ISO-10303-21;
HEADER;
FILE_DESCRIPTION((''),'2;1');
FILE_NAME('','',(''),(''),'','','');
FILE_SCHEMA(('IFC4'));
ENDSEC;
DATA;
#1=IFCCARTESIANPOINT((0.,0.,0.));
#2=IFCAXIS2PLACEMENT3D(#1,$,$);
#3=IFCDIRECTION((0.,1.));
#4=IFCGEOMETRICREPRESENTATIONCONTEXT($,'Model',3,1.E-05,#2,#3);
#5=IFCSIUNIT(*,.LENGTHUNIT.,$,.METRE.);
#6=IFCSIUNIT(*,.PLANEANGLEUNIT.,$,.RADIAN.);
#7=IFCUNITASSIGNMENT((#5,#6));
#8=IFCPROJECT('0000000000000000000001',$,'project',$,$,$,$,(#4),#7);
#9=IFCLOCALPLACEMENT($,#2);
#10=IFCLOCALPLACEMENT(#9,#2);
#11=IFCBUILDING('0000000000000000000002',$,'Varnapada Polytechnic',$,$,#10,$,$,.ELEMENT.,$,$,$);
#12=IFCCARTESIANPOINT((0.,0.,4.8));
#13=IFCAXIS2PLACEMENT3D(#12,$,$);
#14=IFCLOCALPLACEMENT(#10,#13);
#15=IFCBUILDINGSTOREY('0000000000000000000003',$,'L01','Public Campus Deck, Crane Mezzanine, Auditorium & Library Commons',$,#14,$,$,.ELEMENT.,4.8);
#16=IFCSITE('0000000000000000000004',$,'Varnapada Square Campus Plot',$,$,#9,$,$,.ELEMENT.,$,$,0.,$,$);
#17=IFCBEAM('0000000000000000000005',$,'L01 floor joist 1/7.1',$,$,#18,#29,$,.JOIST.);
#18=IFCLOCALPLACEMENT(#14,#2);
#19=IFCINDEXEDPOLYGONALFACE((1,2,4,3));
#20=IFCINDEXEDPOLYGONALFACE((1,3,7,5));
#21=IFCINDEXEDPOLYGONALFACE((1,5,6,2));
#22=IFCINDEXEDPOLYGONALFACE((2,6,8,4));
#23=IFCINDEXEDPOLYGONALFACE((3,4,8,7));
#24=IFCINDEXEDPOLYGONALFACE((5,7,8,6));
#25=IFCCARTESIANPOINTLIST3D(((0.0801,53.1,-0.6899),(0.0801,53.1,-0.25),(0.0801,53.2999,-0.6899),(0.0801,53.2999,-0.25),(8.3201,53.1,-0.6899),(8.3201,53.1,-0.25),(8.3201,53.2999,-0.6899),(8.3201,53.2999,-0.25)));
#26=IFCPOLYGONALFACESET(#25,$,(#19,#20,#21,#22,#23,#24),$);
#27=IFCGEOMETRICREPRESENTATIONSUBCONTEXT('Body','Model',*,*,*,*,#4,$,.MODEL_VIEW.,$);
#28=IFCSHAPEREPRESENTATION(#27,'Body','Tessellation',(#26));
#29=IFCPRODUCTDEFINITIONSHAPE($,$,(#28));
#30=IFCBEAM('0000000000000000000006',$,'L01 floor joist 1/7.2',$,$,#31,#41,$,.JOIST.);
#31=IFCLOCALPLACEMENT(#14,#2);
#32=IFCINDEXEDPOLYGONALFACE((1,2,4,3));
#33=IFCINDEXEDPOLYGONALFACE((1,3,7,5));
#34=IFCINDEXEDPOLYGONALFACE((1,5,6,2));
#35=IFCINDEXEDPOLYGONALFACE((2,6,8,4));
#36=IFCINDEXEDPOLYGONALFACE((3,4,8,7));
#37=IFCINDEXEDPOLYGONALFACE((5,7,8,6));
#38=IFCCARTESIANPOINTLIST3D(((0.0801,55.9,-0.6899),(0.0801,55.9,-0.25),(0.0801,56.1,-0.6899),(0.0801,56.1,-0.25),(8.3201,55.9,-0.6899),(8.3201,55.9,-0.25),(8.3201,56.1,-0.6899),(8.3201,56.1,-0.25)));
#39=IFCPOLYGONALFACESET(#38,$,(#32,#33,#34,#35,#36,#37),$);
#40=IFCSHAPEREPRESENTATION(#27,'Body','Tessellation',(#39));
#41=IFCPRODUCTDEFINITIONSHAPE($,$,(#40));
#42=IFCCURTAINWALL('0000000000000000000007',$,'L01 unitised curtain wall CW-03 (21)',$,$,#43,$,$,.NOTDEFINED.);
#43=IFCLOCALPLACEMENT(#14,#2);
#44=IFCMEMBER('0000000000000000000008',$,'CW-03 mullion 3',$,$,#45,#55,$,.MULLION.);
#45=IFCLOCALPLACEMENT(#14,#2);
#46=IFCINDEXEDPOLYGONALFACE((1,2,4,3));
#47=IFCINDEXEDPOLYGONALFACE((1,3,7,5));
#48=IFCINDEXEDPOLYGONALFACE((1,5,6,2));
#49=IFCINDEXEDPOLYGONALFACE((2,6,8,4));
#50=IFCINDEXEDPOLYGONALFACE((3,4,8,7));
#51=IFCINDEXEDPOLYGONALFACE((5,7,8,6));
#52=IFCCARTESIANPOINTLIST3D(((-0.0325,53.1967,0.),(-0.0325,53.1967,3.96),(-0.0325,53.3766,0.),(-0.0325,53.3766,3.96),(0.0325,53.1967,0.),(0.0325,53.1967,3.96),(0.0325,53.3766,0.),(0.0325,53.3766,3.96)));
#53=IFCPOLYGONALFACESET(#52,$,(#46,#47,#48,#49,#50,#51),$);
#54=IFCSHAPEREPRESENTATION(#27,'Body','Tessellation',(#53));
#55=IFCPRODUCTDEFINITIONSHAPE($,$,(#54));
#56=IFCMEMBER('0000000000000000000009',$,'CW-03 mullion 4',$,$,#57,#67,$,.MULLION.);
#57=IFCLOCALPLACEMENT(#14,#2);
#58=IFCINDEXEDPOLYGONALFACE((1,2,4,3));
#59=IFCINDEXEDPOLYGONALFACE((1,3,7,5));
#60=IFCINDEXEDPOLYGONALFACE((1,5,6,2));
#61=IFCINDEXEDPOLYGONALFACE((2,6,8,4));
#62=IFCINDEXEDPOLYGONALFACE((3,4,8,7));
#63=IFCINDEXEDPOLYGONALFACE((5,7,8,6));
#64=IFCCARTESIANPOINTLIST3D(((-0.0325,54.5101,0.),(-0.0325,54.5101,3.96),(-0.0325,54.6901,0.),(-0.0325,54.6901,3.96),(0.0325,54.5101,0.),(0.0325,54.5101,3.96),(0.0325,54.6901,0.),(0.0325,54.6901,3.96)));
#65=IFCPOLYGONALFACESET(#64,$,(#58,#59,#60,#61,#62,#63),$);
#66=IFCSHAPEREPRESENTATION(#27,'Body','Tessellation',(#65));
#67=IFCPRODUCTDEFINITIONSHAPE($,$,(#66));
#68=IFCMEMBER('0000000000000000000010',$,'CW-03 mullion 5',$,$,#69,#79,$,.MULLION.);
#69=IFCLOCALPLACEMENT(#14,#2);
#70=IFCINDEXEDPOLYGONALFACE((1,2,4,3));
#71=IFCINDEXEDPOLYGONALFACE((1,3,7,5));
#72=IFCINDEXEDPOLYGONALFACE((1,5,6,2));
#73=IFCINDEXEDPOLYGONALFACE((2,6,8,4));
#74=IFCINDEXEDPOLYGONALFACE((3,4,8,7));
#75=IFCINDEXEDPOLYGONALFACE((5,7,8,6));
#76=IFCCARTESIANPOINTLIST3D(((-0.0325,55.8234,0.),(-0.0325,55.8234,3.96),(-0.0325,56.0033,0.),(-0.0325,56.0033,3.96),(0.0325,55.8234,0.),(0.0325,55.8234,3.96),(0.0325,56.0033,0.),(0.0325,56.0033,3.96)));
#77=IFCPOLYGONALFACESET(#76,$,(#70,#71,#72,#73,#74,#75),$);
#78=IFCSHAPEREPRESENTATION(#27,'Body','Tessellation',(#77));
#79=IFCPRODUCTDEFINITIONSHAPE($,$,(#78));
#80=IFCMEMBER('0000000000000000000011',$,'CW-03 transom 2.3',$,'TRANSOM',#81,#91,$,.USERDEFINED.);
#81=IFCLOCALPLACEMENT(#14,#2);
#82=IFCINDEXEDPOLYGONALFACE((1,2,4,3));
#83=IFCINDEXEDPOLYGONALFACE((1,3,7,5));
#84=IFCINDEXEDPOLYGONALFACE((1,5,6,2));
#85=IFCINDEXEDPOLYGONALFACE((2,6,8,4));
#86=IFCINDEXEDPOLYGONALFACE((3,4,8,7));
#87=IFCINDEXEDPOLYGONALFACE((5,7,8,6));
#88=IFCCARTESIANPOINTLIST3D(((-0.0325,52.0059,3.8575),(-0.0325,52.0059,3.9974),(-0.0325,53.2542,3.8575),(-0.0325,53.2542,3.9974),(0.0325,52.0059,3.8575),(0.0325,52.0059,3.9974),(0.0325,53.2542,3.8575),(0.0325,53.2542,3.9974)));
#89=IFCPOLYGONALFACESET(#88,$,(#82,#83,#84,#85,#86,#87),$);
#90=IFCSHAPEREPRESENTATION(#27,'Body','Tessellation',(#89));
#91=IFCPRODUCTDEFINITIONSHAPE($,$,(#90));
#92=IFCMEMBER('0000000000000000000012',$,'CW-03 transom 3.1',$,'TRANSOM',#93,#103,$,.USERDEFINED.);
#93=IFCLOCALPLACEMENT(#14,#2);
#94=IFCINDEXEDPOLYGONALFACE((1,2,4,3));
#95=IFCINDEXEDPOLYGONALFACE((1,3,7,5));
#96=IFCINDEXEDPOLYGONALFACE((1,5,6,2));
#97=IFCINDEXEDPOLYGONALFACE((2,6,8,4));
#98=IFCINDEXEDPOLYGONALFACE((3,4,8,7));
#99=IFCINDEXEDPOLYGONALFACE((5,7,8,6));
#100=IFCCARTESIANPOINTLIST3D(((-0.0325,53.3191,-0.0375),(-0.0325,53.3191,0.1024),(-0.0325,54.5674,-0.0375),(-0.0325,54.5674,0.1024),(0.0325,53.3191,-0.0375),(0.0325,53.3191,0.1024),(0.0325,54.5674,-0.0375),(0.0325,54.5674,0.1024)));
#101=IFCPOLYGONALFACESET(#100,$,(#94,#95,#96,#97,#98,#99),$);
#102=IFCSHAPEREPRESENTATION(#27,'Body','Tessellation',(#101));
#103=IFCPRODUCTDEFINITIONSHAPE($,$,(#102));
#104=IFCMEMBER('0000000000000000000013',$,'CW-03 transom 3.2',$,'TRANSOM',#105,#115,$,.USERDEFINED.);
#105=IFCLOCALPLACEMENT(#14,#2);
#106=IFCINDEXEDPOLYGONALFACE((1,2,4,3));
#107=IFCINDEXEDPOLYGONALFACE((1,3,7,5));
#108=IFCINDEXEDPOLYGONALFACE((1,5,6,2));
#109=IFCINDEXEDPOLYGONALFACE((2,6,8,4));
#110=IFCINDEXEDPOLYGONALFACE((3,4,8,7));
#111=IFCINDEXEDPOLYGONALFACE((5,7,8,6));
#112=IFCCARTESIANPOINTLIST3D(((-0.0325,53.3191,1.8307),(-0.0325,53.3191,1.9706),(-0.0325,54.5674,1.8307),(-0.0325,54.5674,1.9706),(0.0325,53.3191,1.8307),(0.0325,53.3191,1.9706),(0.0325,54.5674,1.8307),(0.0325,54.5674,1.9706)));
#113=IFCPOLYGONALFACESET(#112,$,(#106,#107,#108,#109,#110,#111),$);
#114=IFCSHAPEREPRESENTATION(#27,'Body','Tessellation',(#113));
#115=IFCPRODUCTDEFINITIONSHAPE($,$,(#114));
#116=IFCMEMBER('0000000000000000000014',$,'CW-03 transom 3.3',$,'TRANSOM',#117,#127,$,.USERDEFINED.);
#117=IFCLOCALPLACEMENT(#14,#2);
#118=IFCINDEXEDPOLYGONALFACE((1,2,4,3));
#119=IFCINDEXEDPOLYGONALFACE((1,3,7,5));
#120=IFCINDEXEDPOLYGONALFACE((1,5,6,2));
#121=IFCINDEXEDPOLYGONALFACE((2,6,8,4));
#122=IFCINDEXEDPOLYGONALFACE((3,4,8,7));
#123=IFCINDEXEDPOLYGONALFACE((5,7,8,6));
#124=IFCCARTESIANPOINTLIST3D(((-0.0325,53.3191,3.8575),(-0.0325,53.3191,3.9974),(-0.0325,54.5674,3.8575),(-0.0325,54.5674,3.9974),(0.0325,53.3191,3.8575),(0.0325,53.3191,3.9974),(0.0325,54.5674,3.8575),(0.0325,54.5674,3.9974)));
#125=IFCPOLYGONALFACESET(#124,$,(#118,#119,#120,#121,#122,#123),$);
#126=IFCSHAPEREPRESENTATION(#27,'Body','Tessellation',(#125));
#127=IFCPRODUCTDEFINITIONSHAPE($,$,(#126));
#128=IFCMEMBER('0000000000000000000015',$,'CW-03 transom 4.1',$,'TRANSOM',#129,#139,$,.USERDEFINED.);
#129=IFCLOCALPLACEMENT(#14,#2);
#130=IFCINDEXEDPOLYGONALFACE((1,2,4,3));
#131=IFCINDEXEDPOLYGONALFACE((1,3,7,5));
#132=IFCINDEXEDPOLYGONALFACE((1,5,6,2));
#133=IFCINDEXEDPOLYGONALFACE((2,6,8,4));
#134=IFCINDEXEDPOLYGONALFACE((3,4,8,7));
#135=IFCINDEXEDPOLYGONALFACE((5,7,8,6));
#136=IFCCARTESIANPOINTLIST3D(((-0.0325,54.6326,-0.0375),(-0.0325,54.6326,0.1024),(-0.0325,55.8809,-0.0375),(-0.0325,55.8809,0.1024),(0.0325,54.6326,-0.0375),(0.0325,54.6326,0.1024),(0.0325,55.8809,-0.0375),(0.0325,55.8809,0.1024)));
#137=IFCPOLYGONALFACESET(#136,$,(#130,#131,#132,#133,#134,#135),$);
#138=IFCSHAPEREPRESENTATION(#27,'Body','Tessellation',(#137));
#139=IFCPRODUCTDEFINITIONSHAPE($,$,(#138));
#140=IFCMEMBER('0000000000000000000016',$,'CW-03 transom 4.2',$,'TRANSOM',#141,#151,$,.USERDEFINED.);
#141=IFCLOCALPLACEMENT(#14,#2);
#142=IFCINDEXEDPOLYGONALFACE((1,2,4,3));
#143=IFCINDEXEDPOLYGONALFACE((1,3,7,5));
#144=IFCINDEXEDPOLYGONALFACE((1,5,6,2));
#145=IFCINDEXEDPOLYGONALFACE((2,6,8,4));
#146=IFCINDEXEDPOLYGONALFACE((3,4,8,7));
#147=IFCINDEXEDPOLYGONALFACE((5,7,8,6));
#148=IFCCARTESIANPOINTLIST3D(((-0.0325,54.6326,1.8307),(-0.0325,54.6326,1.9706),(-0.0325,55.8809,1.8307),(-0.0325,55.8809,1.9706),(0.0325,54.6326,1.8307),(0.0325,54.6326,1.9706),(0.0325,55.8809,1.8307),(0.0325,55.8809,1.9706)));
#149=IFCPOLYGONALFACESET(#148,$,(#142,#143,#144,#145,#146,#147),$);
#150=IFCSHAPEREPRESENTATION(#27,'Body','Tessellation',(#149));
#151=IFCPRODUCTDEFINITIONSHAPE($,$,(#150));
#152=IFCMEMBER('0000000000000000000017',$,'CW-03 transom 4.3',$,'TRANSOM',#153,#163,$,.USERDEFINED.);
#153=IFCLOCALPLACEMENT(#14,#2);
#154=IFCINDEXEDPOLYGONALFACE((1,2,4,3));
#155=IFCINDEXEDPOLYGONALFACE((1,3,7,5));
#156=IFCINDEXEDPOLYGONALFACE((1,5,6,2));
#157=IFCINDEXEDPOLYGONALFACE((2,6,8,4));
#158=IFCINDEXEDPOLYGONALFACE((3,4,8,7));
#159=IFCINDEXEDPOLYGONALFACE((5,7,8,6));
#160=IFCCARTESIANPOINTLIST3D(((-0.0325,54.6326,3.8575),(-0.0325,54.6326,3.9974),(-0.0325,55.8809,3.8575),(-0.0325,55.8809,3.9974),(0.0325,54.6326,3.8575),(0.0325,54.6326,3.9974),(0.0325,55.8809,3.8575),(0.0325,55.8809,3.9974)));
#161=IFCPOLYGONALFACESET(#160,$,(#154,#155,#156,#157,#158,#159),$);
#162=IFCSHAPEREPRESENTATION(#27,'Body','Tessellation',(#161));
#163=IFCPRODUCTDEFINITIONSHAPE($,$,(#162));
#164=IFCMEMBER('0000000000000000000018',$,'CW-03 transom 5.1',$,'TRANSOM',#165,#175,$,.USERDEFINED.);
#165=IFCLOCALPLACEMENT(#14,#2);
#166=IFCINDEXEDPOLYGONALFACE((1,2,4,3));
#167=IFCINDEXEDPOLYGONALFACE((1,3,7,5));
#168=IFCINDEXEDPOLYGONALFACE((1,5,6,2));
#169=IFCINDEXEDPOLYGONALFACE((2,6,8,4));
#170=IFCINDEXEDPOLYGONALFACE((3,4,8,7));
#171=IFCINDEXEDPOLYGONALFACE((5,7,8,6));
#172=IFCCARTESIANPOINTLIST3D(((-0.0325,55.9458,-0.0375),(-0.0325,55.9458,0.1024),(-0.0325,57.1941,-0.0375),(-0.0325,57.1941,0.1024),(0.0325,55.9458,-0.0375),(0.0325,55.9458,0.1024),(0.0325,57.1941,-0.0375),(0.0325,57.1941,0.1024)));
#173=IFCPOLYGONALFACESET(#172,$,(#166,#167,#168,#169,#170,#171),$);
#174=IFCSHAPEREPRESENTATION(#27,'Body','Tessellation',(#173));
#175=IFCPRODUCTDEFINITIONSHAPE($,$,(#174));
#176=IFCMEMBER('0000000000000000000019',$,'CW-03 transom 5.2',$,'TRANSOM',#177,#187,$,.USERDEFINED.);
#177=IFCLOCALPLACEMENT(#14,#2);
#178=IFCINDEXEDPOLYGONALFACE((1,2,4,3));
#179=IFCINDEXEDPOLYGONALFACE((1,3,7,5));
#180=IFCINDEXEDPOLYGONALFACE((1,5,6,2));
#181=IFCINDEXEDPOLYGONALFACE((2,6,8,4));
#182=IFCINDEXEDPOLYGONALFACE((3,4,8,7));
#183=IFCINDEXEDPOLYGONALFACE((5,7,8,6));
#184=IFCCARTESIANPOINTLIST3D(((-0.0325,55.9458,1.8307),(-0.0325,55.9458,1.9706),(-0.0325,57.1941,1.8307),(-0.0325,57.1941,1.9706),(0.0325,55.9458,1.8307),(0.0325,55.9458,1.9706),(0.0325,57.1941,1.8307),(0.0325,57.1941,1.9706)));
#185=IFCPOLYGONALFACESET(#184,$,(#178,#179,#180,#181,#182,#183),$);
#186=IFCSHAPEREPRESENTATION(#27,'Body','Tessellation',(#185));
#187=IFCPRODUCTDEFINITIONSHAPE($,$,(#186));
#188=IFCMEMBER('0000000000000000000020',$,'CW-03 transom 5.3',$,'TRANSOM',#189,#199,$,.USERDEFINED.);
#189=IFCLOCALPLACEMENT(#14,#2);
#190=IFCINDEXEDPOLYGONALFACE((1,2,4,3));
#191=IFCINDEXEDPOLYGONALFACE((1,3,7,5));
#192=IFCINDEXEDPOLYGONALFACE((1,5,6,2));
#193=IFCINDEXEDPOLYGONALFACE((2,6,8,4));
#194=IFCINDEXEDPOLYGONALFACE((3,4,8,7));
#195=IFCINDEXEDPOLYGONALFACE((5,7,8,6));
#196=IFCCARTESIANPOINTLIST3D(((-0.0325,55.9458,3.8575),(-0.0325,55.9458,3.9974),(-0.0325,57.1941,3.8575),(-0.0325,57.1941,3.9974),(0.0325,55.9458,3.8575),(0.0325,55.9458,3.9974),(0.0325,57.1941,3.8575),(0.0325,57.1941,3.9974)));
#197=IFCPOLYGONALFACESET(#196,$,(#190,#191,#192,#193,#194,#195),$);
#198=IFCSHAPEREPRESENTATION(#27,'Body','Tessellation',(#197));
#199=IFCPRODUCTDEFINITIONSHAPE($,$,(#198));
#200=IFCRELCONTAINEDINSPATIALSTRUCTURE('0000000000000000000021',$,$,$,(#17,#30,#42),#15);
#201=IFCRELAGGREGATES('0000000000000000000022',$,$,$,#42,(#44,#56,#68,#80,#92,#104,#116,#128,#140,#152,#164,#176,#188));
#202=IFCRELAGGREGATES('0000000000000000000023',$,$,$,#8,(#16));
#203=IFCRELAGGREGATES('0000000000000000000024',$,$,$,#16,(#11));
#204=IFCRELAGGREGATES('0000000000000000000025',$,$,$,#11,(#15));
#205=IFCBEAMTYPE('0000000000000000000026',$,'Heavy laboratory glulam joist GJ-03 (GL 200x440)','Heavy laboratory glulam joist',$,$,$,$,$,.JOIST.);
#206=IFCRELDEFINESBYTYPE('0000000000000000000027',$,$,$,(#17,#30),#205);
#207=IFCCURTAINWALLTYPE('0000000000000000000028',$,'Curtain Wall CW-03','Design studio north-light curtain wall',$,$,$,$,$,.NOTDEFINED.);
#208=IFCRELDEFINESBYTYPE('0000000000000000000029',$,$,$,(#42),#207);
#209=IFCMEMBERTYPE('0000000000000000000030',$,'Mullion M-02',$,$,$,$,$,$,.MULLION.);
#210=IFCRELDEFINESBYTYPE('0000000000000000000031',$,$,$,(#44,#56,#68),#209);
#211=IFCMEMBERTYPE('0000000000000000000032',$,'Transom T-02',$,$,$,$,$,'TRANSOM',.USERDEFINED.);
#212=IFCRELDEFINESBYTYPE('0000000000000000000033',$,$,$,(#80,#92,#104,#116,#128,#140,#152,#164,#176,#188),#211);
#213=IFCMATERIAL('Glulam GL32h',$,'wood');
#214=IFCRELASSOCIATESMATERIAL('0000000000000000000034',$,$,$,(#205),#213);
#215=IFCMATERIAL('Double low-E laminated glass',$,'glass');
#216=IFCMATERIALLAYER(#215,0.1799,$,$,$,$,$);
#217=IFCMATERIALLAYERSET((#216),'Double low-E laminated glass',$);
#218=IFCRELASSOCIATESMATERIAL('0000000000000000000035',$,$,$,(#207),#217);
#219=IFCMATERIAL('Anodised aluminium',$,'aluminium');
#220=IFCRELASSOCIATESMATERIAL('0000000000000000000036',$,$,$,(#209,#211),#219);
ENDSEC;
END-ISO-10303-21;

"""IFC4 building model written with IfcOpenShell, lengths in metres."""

from ifc_helpers import new_model, si_unit, direction, frame, origin, origin_2d, place, context, subcontext, project, spatial, rectangle, extrude, material, layer, layer_set, material_profile, profile_set, type_object, element, aggregate, save


model = new_model("IFC4")

# Units and contexts
model_context = context("Model", 3, precision=1e-05, world=origin(), true_north=direction((0.0, 1.0)))
body_context = subcontext(model_context, "Body", "Model", "MODEL_VIEW")
ifc_project = project(units=[si_unit("LENGTHUNIT", "METRE"), si_unit("PLANEANGLEUNIT", "RADIAN")], contexts=[model_context])

# Site, building, storey
site_placement = place(None, origin())
site = spatial("IfcSite", under=ifc_project, at=site_placement, Name="Varnapada Square Campus Plot", CompositionType="ELEMENT", RefElevation=0.0)
building_placement = place(site_placement, origin())
building = spatial("IfcBuilding", under=site, at=building_placement, Name="Varnapada Polytechnic", CompositionType="ELEMENT")
storey_placement = place(building_placement, frame((0.0, 0.0, 4.8)))
storey = spatial("IfcBuildingStorey", under=building, at=storey_placement, Name="L01", Description="Public Campus Deck, Crane Mezzanine, Auditorium & Library Commons", CompositionType="ELEMENT", Elevation=4.8)

# Beams
ifc_material_1 = material(Name="Glulam GL32h", Category="wood")
ifc_material_profile_1 = material_profile(ifc_material_1, rectangle(XDim=0.2, YDim=0.4399, at=origin_2d()), Name="GL 200x440")
ifc_profile_set_1 = profile_set([ifc_material_profile_1], Name="Glulam GL32h")
beam_type = type_object("IfcBeamType", Name="Heavy laboratory glulam joist GJ-03 (GL 200x440)", Description="Heavy laboratory glulam joist", PredefinedType="JOIST", material=ifc_profile_set_1)
for number, where, z_axis, x_axis, name in (
    (1, (0.0801, 53.2, -0.47), (1.0, 0.0, 0.0), (0.0, 1.0, 0.0), "L01 floor joist 1/7.1"),
    (2, (0.0801, 56.0, -0.47), (1.0, 0.0, 0.0), (0.0, 1.0, 0.0), "L01 floor joist 1/7.2"),
):
    element("IfcBeam", number, at=place(storey_placement, frame(where, z_axis=z_axis, x_axis=x_axis)), inside=storey, type_object=beam_type, Name=name, PredefinedType="JOIST", context=body_context, shape_type="SweptSolid", body=[
        extrude(rectangle(XDim=0.2, YDim=0.4399, at=origin_2d()), origin(), (0.0, 0.0, 1.0), 8.24),
    ])

# Curtain wall, members
ifc_material_2 = material(Name="Double low-E laminated glass", Category="glass")
ifc_layer_1 = layer(ifc_material_2, 0.1799)
ifc_layer_set_1 = layer_set([ifc_layer_1], Name="Double low-E laminated glass")
curtain_wall_type = type_object("IfcCurtainWallType", Name="Curtain Wall CW-03", Description="Design studio north-light curtain wall", PredefinedType="NOTDEFINED", material=ifc_layer_set_1)
curtain_wall_placement = place(storey_placement, origin())
curtain_wall = element("IfcCurtainWall", 3, at=curtain_wall_placement, inside=storey, type_object=curtain_wall_type, Name="L01 unitised curtain wall CW-03 (21)", PredefinedType="NOTDEFINED")
ifc_material_3 = material(Name="Anodised aluminium", Category="aluminium")
ifc_material_profile_2 = material_profile(ifc_material_3, rectangle(XDim=0.0649, YDim=0.1799, at=origin_2d()), Name="ALU M65x180")
ifc_profile_set_2 = profile_set([ifc_material_profile_2], Name="Anodised aluminium")
member_type_1 = type_object("IfcMemberType", Name="Mullion M-02", PredefinedType="MULLION", material=ifc_profile_set_2)
member_1_placement = place(storey_placement, frame((0.0, 53.2866, 0.0), z_axis=(0.0, 0.0, 1.0), x_axis=(-1.0, 0.0, 0.0)))
member_1 = element("IfcMember", 4, at=member_1_placement, type_object=member_type_1, Name="CW-03 mullion 3", PredefinedType="MULLION", context=body_context, shape_type="SweptSolid", body=[
    extrude(rectangle(XDim=0.0649, YDim=0.1799, at=origin_2d()), origin(), (0.0, 0.0, 1.0), 3.96),
])
member_2_placement = place(storey_placement, frame((0.0, 54.6001, 0.0), z_axis=(0.0, 0.0, 1.0), x_axis=(-1.0, 0.0, 0.0)))
member_2 = element("IfcMember", 5, at=member_2_placement, type_object=member_type_1, Name="CW-03 mullion 4", PredefinedType="MULLION", context=body_context, shape_type="SweptSolid", body=[
    extrude(rectangle(XDim=0.0649, YDim=0.1799, at=origin_2d()), origin(), (0.0, 0.0, 1.0), 3.96),
])
member_3_placement = place(storey_placement, frame((0.0, 55.9133, 0.0), z_axis=(0.0, 0.0, 1.0), x_axis=(-1.0, 0.0, 0.0)))
member_3 = element("IfcMember", 6, at=member_3_placement, type_object=member_type_1, Name="CW-03 mullion 5", PredefinedType="MULLION", context=body_context, shape_type="SweptSolid", body=[
    extrude(rectangle(XDim=0.0649, YDim=0.1799, at=origin_2d()), origin(), (0.0, 0.0, 1.0), 3.96),
])
ifc_material_profile_3 = material_profile(ifc_material_3, rectangle(XDim=0.0649, YDim=0.1399, at=origin_2d()), Name="ALU T65x140")
ifc_profile_set_3 = profile_set([ifc_material_profile_3], Name="Anodised aluminium")
member_type_2 = type_object("IfcMemberType", Name="Transom T-02", ElementType="TRANSOM", PredefinedType="USERDEFINED", material=ifc_profile_set_3)
member_4_placement = place(storey_placement, frame((0.0, 52.0059, 3.9275), z_axis=(0.0, 1.0, 0.0), x_axis=(-1.0, 0.0, 0.0)))
member_4 = element("IfcMember", 7, at=member_4_placement, type_object=member_type_2, Name="CW-03 transom 2.3", ObjectType="TRANSOM", PredefinedType="USERDEFINED", context=body_context, shape_type="SweptSolid", body=[
    extrude(rectangle(XDim=0.0649, YDim=0.1399, at=origin_2d()), origin(), (0.0, 0.0, 1.0), 1.2483),
])
member_5_placement = place(storey_placement, frame((0.0, 53.3191, 0.0325), z_axis=(0.0, 1.0, 0.0), x_axis=(-1.0, 0.0, 0.0)))
member_5 = element("IfcMember", 8, at=member_5_placement, type_object=member_type_2, Name="CW-03 transom 3.1", ObjectType="TRANSOM", PredefinedType="USERDEFINED", context=body_context, shape_type="SweptSolid", body=[
    extrude(rectangle(XDim=0.0649, YDim=0.1399, at=origin_2d()), origin(), (0.0, 0.0, 1.0), 1.2483),
])
member_6_placement = place(storey_placement, frame((0.0, 53.3191, 1.9006), z_axis=(0.0, 1.0, 0.0), x_axis=(-1.0, 0.0, 0.0)))
member_6 = element("IfcMember", 9, at=member_6_placement, type_object=member_type_2, Name="CW-03 transom 3.2", ObjectType="TRANSOM", PredefinedType="USERDEFINED", context=body_context, shape_type="SweptSolid", body=[
    extrude(rectangle(XDim=0.0649, YDim=0.1399, at=origin_2d()), origin(), (0.0, 0.0, 1.0), 1.2483),
])
member_7_placement = place(storey_placement, frame((0.0, 53.3191, 3.9275), z_axis=(0.0, 1.0, 0.0), x_axis=(-1.0, 0.0, 0.0)))
member_7 = element("IfcMember", 10, at=member_7_placement, type_object=member_type_2, Name="CW-03 transom 3.3", ObjectType="TRANSOM", PredefinedType="USERDEFINED", context=body_context, shape_type="SweptSolid", body=[
    extrude(rectangle(XDim=0.0649, YDim=0.1399, at=origin_2d()), origin(), (0.0, 0.0, 1.0), 1.2483),
])
member_8_placement = place(storey_placement, frame((0.0, 54.6326, 0.0325), z_axis=(0.0, 1.0, 0.0), x_axis=(-1.0, 0.0, 0.0)))
member_8 = element("IfcMember", 11, at=member_8_placement, type_object=member_type_2, Name="CW-03 transom 4.1", ObjectType="TRANSOM", PredefinedType="USERDEFINED", context=body_context, shape_type="SweptSolid", body=[
    extrude(rectangle(XDim=0.0649, YDim=0.1399, at=origin_2d()), origin(), (0.0, 0.0, 1.0), 1.2483),
])
member_9_placement = place(storey_placement, frame((0.0, 54.6326, 1.9006), z_axis=(0.0, 1.0, 0.0), x_axis=(-1.0, 0.0, 0.0)))
member_9 = element("IfcMember", 12, at=member_9_placement, type_object=member_type_2, Name="CW-03 transom 4.2", ObjectType="TRANSOM", PredefinedType="USERDEFINED", context=body_context, shape_type="SweptSolid", body=[
    extrude(rectangle(XDim=0.0649, YDim=0.1399, at=origin_2d()), origin(), (0.0, 0.0, 1.0), 1.2483),
])
member_10_placement = place(storey_placement, frame((0.0, 54.6326, 3.9275), z_axis=(0.0, 1.0, 0.0), x_axis=(-1.0, 0.0, 0.0)))
member_10 = element("IfcMember", 13, at=member_10_placement, type_object=member_type_2, Name="CW-03 transom 4.3", ObjectType="TRANSOM", PredefinedType="USERDEFINED", context=body_context, shape_type="SweptSolid", body=[
    extrude(rectangle(XDim=0.0649, YDim=0.1399, at=origin_2d()), origin(), (0.0, 0.0, 1.0), 1.2483),
])
member_11_placement = place(storey_placement, frame((0.0, 55.9458, 0.0325), z_axis=(0.0, 1.0, 0.0), x_axis=(-1.0, 0.0, 0.0)))
member_11 = element("IfcMember", 14, at=member_11_placement, type_object=member_type_2, Name="CW-03 transom 5.1", ObjectType="TRANSOM", PredefinedType="USERDEFINED", context=body_context, shape_type="SweptSolid", body=[
    extrude(rectangle(XDim=0.0649, YDim=0.1399, at=origin_2d()), origin(), (0.0, 0.0, 1.0), 1.2483),
])
member_12_placement = place(storey_placement, frame((0.0, 55.9458, 1.9006), z_axis=(0.0, 1.0, 0.0), x_axis=(-1.0, 0.0, 0.0)))
member_12 = element("IfcMember", 15, at=member_12_placement, type_object=member_type_2, Name="CW-03 transom 5.2", ObjectType="TRANSOM", PredefinedType="USERDEFINED", context=body_context, shape_type="SweptSolid", body=[
    extrude(rectangle(XDim=0.0649, YDim=0.1399, at=origin_2d()), origin(), (0.0, 0.0, 1.0), 1.2483),
])
member_13_placement = place(storey_placement, frame((0.0, 55.9458, 3.9275), z_axis=(0.0, 1.0, 0.0), x_axis=(-1.0, 0.0, 0.0)))
member_13 = element("IfcMember", 16, at=member_13_placement, type_object=member_type_2, Name="CW-03 transom 5.3", ObjectType="TRANSOM", PredefinedType="USERDEFINED", context=body_context, shape_type="SweptSolid", body=[
    extrude(rectangle(XDim=0.0649, YDim=0.1399, at=origin_2d()), origin(), (0.0, 0.0, 1.0), 1.2483),
])
aggregate(curtain_wall, [member_1, member_2, member_3, member_4, member_5, member_6, member_7, member_8, member_9, member_10, member_11, member_12, member_13])

save(model, "model.ifc")
